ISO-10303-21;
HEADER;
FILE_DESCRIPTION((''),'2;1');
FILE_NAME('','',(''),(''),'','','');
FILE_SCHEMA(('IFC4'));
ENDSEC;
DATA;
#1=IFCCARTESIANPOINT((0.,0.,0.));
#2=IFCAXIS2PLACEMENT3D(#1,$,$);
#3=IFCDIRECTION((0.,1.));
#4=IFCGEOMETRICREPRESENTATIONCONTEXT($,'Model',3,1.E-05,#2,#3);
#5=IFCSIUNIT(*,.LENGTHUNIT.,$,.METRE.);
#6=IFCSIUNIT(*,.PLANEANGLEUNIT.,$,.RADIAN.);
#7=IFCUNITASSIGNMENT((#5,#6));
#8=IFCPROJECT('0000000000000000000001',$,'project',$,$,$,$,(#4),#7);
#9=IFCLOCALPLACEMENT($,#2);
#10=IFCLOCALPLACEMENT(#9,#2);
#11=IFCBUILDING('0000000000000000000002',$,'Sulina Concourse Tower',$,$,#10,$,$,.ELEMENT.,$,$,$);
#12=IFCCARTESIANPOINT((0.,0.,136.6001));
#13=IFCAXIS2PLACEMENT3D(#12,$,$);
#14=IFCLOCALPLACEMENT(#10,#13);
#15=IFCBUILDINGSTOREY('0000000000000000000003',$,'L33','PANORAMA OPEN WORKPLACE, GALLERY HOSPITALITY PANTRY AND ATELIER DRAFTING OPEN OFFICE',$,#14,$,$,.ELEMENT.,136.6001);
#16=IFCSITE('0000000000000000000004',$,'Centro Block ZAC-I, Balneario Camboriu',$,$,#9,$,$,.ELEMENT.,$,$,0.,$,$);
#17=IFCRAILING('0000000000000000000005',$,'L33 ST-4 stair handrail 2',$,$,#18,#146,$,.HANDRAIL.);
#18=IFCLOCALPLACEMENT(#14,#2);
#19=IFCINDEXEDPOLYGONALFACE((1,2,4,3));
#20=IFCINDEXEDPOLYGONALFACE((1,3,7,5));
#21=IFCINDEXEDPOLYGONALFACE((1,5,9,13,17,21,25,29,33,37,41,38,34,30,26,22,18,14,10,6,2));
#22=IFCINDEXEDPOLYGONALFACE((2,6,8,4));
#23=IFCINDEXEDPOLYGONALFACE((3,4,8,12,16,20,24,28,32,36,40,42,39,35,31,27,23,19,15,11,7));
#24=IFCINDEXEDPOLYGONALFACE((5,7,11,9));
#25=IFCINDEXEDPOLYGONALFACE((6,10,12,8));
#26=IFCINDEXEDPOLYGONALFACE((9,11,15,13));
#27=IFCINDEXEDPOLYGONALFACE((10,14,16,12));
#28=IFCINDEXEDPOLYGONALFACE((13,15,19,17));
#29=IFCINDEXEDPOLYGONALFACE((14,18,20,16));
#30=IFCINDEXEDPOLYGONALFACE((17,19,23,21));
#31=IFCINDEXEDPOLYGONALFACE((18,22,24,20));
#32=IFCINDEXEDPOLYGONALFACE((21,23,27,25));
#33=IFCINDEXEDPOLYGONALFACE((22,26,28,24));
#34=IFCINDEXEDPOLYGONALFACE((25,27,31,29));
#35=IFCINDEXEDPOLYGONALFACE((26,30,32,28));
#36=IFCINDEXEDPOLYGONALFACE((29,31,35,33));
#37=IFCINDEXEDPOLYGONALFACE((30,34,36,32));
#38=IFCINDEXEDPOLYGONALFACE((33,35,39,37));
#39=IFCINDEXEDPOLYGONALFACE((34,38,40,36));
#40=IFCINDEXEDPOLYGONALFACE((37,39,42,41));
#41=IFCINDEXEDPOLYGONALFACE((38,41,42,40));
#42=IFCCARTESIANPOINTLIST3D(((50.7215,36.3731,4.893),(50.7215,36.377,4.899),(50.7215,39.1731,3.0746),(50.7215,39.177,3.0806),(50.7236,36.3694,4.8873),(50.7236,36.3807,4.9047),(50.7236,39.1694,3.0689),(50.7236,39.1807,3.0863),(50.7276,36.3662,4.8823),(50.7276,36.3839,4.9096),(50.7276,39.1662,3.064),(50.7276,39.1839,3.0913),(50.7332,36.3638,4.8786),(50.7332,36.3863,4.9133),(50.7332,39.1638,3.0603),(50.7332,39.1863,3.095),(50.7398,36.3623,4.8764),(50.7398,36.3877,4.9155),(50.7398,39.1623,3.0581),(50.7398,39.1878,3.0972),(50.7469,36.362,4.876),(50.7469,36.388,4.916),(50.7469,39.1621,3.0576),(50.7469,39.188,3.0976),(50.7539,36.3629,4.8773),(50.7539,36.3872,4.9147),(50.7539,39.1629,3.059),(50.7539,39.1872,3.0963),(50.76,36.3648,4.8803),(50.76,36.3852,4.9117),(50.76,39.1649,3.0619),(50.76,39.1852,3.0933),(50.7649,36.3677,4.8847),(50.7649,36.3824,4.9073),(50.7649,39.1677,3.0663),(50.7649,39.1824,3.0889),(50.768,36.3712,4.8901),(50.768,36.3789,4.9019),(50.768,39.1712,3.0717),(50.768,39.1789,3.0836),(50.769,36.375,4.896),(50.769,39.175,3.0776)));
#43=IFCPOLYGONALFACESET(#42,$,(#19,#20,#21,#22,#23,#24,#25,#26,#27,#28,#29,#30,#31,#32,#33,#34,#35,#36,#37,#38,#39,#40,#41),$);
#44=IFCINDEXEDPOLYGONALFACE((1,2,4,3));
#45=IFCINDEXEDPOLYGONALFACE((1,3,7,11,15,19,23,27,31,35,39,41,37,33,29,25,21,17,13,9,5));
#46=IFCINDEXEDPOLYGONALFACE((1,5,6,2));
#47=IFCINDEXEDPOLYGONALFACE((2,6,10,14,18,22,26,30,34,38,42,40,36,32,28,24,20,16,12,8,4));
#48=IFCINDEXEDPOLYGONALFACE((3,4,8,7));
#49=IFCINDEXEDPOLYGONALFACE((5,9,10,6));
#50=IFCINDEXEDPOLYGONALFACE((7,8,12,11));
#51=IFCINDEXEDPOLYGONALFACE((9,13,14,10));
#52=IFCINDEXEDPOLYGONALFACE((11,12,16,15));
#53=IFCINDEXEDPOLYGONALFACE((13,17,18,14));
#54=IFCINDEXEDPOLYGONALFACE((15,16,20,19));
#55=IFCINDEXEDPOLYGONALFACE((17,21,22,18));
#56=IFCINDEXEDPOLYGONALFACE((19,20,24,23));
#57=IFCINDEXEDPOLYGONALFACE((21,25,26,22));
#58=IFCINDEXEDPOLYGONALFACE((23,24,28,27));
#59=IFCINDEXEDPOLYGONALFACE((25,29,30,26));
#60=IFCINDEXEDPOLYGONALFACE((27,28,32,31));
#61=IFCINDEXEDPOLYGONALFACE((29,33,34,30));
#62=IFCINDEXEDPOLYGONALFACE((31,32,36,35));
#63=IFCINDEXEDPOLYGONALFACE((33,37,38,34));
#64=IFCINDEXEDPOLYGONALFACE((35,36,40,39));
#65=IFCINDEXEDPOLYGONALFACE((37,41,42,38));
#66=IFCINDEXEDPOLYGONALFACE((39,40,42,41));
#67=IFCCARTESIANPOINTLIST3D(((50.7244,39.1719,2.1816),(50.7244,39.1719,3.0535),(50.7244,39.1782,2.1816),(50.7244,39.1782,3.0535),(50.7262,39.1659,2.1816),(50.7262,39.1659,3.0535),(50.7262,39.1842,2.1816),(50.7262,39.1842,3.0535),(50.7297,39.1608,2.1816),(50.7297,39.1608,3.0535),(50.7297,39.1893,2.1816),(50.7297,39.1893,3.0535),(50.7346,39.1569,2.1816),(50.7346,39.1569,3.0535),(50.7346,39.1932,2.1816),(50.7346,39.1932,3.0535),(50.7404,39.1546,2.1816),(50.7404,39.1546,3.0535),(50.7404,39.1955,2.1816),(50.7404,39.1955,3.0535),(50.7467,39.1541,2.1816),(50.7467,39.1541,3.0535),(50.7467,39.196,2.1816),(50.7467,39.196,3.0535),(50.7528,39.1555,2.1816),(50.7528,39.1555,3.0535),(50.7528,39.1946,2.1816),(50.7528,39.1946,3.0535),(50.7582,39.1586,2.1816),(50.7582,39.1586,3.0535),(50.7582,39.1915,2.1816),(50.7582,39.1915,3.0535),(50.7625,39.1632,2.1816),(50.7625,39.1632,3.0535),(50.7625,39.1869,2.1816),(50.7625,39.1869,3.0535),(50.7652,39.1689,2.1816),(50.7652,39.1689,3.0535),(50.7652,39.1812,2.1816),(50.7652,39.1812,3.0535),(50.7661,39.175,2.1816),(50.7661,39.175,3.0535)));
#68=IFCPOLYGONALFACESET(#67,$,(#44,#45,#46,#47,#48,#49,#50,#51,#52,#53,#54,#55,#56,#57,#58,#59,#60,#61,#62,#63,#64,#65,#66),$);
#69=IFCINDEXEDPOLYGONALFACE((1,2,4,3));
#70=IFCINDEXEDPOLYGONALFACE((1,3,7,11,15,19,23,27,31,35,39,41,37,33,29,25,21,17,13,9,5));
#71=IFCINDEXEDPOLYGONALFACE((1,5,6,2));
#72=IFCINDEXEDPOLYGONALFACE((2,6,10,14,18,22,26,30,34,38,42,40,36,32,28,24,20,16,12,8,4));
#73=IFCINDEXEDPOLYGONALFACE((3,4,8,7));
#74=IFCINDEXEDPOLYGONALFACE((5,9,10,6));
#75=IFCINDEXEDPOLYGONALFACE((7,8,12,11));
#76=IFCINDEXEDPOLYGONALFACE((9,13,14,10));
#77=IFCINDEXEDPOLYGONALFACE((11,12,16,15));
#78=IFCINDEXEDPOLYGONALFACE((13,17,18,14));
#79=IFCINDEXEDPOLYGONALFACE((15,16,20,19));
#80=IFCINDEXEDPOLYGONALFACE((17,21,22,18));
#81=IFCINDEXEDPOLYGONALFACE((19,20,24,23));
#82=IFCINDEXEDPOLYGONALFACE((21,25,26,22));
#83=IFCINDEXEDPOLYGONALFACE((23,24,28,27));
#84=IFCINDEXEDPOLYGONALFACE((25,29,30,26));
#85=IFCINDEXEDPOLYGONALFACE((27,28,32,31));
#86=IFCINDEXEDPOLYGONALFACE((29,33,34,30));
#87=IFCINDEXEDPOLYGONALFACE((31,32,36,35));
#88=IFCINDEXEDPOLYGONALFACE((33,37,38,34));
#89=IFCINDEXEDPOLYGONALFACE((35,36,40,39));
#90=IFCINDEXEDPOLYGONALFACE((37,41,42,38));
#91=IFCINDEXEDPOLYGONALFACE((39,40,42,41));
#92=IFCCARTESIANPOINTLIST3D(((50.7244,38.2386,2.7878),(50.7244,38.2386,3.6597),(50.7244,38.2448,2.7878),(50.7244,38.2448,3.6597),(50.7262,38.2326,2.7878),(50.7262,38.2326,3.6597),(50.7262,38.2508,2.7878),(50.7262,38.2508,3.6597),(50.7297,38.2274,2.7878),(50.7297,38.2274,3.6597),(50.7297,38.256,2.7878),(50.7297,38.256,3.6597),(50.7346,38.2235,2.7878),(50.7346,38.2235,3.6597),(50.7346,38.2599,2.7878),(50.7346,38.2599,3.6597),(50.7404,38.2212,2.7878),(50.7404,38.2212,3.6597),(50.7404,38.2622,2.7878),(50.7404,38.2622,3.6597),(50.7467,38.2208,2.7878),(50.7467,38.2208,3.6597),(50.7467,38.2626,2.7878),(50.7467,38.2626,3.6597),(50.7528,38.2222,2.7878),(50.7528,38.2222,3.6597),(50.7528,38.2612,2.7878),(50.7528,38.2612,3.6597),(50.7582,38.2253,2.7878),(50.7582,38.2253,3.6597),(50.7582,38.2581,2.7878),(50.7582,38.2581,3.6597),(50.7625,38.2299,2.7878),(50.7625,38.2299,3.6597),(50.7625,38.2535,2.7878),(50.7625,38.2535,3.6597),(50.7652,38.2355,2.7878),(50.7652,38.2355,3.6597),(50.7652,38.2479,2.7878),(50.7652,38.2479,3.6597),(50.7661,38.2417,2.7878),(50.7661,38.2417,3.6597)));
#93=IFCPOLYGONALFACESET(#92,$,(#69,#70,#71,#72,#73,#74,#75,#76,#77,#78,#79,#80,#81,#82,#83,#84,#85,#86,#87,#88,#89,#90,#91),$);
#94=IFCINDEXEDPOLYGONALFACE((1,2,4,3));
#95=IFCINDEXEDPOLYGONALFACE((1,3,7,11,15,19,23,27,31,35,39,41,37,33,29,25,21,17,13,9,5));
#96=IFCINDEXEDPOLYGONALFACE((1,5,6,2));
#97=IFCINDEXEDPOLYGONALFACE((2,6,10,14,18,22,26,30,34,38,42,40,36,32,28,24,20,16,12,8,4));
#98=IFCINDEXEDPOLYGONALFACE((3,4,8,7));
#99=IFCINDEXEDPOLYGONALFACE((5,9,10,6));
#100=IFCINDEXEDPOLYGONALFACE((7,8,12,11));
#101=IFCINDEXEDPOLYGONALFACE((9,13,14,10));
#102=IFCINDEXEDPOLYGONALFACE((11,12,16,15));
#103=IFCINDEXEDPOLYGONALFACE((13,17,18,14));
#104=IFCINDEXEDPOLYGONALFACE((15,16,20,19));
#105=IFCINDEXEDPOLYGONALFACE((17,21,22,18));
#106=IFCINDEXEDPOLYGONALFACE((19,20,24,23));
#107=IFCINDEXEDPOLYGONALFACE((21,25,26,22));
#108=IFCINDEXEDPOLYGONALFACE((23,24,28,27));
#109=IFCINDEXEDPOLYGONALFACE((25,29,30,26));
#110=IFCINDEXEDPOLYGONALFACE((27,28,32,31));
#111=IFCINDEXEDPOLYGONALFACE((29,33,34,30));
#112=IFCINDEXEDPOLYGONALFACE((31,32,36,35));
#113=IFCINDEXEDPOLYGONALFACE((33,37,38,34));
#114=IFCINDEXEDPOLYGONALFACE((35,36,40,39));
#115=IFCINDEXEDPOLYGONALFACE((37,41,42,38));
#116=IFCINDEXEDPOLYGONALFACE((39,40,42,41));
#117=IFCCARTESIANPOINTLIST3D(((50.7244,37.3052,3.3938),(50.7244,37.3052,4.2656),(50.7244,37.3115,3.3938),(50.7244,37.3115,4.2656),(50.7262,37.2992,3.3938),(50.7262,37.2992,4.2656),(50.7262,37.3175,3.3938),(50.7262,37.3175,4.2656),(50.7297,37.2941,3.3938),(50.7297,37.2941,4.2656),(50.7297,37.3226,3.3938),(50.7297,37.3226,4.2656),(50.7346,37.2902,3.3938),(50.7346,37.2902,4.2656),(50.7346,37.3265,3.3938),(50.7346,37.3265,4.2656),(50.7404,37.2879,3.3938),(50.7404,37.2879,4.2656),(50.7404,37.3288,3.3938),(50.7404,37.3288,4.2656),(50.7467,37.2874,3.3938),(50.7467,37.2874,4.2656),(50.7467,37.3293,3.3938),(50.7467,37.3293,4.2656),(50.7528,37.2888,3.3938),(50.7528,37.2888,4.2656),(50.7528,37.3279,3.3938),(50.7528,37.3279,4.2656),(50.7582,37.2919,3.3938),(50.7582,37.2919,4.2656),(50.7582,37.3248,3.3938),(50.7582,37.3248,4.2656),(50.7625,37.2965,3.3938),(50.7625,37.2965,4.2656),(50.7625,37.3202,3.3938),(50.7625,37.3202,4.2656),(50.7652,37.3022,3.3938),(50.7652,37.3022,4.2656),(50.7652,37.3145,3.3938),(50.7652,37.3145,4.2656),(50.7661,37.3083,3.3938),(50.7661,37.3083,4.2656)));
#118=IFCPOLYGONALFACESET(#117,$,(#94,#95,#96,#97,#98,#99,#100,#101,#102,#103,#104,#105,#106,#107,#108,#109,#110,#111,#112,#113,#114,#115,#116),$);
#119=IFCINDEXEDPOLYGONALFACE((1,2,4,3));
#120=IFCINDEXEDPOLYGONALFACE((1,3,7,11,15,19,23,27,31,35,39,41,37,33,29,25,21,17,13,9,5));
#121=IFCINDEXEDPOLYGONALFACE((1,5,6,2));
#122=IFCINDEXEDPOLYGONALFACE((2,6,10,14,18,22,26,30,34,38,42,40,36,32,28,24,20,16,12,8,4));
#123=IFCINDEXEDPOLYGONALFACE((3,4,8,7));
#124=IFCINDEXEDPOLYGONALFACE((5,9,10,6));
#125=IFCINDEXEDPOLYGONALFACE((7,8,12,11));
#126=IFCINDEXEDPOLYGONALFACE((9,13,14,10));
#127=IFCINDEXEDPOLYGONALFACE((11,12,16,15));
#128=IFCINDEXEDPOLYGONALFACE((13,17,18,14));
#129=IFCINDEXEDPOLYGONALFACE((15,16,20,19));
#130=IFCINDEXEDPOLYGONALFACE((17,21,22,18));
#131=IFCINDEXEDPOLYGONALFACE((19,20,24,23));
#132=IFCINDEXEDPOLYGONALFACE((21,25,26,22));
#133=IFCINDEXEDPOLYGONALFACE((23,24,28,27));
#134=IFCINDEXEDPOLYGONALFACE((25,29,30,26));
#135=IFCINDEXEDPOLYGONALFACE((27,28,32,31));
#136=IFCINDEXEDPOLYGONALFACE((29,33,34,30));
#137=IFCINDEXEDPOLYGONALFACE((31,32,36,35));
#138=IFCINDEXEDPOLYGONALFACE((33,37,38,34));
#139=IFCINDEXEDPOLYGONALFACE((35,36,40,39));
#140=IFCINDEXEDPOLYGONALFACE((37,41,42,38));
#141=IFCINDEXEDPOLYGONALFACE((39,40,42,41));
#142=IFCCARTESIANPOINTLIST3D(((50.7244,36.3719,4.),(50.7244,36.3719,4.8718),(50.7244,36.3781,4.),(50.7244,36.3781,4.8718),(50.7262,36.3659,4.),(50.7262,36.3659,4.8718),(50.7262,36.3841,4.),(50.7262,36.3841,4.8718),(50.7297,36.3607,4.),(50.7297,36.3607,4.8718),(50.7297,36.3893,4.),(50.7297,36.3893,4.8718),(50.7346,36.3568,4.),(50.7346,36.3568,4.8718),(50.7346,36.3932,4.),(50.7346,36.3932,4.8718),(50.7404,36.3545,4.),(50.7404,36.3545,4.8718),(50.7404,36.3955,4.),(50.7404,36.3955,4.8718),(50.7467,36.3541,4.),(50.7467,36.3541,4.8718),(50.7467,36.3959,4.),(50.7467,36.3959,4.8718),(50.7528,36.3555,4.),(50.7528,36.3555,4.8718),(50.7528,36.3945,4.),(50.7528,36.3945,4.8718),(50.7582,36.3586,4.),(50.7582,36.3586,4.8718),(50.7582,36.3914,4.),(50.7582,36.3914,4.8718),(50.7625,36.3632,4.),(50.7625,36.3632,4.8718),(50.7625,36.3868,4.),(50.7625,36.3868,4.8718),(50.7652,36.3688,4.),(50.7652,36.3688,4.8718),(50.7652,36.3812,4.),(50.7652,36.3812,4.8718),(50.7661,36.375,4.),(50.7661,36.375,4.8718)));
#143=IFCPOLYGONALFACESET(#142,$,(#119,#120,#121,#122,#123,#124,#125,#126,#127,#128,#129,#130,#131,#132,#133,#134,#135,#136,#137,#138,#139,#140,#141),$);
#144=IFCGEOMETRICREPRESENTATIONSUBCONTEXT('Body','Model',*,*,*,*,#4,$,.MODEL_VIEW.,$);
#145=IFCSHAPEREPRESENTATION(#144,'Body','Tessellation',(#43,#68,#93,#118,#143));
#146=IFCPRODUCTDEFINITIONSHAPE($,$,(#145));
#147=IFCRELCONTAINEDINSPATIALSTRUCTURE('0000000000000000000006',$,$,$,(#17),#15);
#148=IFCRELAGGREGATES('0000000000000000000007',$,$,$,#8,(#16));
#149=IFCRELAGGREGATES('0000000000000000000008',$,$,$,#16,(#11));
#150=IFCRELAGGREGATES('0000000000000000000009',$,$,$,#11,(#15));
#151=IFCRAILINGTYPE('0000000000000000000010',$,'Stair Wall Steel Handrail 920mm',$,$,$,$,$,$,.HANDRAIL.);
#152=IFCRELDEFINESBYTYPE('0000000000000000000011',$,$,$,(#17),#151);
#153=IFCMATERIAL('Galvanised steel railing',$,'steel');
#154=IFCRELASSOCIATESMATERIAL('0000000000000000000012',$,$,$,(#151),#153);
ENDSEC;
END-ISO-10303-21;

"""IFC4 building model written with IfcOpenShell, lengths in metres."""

from ifc_helpers import new_model, si_unit, direction, frame, origin, origin_2d, place, context, subcontext, project, spatial, circle, extrude, material, type_object, element, save


model = new_model("IFC4")

# Units and contexts
model_context = context("Model", 3, precision=1e-05, world=origin(), true_north=direction((0.0, 1.0)))
body_context = subcontext(model_context, "Body", "Model", "MODEL_VIEW")
ifc_project = project(units=[si_unit("LENGTHUNIT", "METRE"), si_unit("PLANEANGLEUNIT", "RADIAN")], contexts=[model_context])

# Site, building, storey
site_placement = place(None, origin())
site = spatial("IfcSite", under=ifc_project, at=site_placement, Name="Centro Block ZAC-I, Balneario Camboriu", CompositionType="ELEMENT", RefElevation=0.0)
building_placement = place(site_placement, origin())
building = spatial("IfcBuilding", under=site, at=building_placement, Name="Sulina Concourse Tower", CompositionType="ELEMENT")
storey_placement = place(building_placement, frame((0.0, 0.0, 136.6001)))
storey = spatial("IfcBuildingStorey", under=building, at=storey_placement, Name="L33", Description="PANORAMA OPEN WORKPLACE, GALLERY HOSPITALITY PANTRY AND ATELIER DRAFTING OPEN OFFICE", CompositionType="ELEMENT", Elevation=136.6001)

# Railing
ifc_material_1 = material(Name="Galvanised steel railing", Category="steel")
railing_type_1 = type_object("IfcRailingType", Name="Stair Wall Steel Handrail 920mm", PredefinedType="HANDRAIL", material=ifc_material_1)
railing_1_placement = place(storey_placement, frame((50.7451, 39.175, 2.1816)))
element("IfcRailing", 1, at=railing_1_placement, inside=storey, type_object=railing_type_1, Name="L33 ST-4 stair handrail 2", PredefinedType="HANDRAIL", context=body_context, shape_type="SweptSolid", body=[
    extrude(circle(Radius=0.0239, at=origin_2d()), frame((0.0, 0.0, 0.896), z_axis=(0.0, -0.838672, 0.544636), x_axis=(1.0, 0.0, 0.0)), (0.0, 0.0, 1.0), 3.3386),
    extrude(circle(Radius=0.021, at=origin_2d()), origin(), (0.0, 0.0, 1.0), 0.8718),
    extrude(circle(Radius=0.021, at=origin_2d()), frame((0.0, -0.9333, 0.6062)), (0.0, 0.0, 1.0), 0.8718),
    extrude(circle(Radius=0.021, at=origin_2d()), frame((0.0, -1.8667, 1.2122)), (0.0, 0.0, 1.0), 0.8718),
    extrude(circle(Radius=0.021, at=origin_2d()), frame((0.0, -2.8, 1.8184)), (0.0, 0.0, 1.0), 0.8718),
])

save(model, "model.ifc")
